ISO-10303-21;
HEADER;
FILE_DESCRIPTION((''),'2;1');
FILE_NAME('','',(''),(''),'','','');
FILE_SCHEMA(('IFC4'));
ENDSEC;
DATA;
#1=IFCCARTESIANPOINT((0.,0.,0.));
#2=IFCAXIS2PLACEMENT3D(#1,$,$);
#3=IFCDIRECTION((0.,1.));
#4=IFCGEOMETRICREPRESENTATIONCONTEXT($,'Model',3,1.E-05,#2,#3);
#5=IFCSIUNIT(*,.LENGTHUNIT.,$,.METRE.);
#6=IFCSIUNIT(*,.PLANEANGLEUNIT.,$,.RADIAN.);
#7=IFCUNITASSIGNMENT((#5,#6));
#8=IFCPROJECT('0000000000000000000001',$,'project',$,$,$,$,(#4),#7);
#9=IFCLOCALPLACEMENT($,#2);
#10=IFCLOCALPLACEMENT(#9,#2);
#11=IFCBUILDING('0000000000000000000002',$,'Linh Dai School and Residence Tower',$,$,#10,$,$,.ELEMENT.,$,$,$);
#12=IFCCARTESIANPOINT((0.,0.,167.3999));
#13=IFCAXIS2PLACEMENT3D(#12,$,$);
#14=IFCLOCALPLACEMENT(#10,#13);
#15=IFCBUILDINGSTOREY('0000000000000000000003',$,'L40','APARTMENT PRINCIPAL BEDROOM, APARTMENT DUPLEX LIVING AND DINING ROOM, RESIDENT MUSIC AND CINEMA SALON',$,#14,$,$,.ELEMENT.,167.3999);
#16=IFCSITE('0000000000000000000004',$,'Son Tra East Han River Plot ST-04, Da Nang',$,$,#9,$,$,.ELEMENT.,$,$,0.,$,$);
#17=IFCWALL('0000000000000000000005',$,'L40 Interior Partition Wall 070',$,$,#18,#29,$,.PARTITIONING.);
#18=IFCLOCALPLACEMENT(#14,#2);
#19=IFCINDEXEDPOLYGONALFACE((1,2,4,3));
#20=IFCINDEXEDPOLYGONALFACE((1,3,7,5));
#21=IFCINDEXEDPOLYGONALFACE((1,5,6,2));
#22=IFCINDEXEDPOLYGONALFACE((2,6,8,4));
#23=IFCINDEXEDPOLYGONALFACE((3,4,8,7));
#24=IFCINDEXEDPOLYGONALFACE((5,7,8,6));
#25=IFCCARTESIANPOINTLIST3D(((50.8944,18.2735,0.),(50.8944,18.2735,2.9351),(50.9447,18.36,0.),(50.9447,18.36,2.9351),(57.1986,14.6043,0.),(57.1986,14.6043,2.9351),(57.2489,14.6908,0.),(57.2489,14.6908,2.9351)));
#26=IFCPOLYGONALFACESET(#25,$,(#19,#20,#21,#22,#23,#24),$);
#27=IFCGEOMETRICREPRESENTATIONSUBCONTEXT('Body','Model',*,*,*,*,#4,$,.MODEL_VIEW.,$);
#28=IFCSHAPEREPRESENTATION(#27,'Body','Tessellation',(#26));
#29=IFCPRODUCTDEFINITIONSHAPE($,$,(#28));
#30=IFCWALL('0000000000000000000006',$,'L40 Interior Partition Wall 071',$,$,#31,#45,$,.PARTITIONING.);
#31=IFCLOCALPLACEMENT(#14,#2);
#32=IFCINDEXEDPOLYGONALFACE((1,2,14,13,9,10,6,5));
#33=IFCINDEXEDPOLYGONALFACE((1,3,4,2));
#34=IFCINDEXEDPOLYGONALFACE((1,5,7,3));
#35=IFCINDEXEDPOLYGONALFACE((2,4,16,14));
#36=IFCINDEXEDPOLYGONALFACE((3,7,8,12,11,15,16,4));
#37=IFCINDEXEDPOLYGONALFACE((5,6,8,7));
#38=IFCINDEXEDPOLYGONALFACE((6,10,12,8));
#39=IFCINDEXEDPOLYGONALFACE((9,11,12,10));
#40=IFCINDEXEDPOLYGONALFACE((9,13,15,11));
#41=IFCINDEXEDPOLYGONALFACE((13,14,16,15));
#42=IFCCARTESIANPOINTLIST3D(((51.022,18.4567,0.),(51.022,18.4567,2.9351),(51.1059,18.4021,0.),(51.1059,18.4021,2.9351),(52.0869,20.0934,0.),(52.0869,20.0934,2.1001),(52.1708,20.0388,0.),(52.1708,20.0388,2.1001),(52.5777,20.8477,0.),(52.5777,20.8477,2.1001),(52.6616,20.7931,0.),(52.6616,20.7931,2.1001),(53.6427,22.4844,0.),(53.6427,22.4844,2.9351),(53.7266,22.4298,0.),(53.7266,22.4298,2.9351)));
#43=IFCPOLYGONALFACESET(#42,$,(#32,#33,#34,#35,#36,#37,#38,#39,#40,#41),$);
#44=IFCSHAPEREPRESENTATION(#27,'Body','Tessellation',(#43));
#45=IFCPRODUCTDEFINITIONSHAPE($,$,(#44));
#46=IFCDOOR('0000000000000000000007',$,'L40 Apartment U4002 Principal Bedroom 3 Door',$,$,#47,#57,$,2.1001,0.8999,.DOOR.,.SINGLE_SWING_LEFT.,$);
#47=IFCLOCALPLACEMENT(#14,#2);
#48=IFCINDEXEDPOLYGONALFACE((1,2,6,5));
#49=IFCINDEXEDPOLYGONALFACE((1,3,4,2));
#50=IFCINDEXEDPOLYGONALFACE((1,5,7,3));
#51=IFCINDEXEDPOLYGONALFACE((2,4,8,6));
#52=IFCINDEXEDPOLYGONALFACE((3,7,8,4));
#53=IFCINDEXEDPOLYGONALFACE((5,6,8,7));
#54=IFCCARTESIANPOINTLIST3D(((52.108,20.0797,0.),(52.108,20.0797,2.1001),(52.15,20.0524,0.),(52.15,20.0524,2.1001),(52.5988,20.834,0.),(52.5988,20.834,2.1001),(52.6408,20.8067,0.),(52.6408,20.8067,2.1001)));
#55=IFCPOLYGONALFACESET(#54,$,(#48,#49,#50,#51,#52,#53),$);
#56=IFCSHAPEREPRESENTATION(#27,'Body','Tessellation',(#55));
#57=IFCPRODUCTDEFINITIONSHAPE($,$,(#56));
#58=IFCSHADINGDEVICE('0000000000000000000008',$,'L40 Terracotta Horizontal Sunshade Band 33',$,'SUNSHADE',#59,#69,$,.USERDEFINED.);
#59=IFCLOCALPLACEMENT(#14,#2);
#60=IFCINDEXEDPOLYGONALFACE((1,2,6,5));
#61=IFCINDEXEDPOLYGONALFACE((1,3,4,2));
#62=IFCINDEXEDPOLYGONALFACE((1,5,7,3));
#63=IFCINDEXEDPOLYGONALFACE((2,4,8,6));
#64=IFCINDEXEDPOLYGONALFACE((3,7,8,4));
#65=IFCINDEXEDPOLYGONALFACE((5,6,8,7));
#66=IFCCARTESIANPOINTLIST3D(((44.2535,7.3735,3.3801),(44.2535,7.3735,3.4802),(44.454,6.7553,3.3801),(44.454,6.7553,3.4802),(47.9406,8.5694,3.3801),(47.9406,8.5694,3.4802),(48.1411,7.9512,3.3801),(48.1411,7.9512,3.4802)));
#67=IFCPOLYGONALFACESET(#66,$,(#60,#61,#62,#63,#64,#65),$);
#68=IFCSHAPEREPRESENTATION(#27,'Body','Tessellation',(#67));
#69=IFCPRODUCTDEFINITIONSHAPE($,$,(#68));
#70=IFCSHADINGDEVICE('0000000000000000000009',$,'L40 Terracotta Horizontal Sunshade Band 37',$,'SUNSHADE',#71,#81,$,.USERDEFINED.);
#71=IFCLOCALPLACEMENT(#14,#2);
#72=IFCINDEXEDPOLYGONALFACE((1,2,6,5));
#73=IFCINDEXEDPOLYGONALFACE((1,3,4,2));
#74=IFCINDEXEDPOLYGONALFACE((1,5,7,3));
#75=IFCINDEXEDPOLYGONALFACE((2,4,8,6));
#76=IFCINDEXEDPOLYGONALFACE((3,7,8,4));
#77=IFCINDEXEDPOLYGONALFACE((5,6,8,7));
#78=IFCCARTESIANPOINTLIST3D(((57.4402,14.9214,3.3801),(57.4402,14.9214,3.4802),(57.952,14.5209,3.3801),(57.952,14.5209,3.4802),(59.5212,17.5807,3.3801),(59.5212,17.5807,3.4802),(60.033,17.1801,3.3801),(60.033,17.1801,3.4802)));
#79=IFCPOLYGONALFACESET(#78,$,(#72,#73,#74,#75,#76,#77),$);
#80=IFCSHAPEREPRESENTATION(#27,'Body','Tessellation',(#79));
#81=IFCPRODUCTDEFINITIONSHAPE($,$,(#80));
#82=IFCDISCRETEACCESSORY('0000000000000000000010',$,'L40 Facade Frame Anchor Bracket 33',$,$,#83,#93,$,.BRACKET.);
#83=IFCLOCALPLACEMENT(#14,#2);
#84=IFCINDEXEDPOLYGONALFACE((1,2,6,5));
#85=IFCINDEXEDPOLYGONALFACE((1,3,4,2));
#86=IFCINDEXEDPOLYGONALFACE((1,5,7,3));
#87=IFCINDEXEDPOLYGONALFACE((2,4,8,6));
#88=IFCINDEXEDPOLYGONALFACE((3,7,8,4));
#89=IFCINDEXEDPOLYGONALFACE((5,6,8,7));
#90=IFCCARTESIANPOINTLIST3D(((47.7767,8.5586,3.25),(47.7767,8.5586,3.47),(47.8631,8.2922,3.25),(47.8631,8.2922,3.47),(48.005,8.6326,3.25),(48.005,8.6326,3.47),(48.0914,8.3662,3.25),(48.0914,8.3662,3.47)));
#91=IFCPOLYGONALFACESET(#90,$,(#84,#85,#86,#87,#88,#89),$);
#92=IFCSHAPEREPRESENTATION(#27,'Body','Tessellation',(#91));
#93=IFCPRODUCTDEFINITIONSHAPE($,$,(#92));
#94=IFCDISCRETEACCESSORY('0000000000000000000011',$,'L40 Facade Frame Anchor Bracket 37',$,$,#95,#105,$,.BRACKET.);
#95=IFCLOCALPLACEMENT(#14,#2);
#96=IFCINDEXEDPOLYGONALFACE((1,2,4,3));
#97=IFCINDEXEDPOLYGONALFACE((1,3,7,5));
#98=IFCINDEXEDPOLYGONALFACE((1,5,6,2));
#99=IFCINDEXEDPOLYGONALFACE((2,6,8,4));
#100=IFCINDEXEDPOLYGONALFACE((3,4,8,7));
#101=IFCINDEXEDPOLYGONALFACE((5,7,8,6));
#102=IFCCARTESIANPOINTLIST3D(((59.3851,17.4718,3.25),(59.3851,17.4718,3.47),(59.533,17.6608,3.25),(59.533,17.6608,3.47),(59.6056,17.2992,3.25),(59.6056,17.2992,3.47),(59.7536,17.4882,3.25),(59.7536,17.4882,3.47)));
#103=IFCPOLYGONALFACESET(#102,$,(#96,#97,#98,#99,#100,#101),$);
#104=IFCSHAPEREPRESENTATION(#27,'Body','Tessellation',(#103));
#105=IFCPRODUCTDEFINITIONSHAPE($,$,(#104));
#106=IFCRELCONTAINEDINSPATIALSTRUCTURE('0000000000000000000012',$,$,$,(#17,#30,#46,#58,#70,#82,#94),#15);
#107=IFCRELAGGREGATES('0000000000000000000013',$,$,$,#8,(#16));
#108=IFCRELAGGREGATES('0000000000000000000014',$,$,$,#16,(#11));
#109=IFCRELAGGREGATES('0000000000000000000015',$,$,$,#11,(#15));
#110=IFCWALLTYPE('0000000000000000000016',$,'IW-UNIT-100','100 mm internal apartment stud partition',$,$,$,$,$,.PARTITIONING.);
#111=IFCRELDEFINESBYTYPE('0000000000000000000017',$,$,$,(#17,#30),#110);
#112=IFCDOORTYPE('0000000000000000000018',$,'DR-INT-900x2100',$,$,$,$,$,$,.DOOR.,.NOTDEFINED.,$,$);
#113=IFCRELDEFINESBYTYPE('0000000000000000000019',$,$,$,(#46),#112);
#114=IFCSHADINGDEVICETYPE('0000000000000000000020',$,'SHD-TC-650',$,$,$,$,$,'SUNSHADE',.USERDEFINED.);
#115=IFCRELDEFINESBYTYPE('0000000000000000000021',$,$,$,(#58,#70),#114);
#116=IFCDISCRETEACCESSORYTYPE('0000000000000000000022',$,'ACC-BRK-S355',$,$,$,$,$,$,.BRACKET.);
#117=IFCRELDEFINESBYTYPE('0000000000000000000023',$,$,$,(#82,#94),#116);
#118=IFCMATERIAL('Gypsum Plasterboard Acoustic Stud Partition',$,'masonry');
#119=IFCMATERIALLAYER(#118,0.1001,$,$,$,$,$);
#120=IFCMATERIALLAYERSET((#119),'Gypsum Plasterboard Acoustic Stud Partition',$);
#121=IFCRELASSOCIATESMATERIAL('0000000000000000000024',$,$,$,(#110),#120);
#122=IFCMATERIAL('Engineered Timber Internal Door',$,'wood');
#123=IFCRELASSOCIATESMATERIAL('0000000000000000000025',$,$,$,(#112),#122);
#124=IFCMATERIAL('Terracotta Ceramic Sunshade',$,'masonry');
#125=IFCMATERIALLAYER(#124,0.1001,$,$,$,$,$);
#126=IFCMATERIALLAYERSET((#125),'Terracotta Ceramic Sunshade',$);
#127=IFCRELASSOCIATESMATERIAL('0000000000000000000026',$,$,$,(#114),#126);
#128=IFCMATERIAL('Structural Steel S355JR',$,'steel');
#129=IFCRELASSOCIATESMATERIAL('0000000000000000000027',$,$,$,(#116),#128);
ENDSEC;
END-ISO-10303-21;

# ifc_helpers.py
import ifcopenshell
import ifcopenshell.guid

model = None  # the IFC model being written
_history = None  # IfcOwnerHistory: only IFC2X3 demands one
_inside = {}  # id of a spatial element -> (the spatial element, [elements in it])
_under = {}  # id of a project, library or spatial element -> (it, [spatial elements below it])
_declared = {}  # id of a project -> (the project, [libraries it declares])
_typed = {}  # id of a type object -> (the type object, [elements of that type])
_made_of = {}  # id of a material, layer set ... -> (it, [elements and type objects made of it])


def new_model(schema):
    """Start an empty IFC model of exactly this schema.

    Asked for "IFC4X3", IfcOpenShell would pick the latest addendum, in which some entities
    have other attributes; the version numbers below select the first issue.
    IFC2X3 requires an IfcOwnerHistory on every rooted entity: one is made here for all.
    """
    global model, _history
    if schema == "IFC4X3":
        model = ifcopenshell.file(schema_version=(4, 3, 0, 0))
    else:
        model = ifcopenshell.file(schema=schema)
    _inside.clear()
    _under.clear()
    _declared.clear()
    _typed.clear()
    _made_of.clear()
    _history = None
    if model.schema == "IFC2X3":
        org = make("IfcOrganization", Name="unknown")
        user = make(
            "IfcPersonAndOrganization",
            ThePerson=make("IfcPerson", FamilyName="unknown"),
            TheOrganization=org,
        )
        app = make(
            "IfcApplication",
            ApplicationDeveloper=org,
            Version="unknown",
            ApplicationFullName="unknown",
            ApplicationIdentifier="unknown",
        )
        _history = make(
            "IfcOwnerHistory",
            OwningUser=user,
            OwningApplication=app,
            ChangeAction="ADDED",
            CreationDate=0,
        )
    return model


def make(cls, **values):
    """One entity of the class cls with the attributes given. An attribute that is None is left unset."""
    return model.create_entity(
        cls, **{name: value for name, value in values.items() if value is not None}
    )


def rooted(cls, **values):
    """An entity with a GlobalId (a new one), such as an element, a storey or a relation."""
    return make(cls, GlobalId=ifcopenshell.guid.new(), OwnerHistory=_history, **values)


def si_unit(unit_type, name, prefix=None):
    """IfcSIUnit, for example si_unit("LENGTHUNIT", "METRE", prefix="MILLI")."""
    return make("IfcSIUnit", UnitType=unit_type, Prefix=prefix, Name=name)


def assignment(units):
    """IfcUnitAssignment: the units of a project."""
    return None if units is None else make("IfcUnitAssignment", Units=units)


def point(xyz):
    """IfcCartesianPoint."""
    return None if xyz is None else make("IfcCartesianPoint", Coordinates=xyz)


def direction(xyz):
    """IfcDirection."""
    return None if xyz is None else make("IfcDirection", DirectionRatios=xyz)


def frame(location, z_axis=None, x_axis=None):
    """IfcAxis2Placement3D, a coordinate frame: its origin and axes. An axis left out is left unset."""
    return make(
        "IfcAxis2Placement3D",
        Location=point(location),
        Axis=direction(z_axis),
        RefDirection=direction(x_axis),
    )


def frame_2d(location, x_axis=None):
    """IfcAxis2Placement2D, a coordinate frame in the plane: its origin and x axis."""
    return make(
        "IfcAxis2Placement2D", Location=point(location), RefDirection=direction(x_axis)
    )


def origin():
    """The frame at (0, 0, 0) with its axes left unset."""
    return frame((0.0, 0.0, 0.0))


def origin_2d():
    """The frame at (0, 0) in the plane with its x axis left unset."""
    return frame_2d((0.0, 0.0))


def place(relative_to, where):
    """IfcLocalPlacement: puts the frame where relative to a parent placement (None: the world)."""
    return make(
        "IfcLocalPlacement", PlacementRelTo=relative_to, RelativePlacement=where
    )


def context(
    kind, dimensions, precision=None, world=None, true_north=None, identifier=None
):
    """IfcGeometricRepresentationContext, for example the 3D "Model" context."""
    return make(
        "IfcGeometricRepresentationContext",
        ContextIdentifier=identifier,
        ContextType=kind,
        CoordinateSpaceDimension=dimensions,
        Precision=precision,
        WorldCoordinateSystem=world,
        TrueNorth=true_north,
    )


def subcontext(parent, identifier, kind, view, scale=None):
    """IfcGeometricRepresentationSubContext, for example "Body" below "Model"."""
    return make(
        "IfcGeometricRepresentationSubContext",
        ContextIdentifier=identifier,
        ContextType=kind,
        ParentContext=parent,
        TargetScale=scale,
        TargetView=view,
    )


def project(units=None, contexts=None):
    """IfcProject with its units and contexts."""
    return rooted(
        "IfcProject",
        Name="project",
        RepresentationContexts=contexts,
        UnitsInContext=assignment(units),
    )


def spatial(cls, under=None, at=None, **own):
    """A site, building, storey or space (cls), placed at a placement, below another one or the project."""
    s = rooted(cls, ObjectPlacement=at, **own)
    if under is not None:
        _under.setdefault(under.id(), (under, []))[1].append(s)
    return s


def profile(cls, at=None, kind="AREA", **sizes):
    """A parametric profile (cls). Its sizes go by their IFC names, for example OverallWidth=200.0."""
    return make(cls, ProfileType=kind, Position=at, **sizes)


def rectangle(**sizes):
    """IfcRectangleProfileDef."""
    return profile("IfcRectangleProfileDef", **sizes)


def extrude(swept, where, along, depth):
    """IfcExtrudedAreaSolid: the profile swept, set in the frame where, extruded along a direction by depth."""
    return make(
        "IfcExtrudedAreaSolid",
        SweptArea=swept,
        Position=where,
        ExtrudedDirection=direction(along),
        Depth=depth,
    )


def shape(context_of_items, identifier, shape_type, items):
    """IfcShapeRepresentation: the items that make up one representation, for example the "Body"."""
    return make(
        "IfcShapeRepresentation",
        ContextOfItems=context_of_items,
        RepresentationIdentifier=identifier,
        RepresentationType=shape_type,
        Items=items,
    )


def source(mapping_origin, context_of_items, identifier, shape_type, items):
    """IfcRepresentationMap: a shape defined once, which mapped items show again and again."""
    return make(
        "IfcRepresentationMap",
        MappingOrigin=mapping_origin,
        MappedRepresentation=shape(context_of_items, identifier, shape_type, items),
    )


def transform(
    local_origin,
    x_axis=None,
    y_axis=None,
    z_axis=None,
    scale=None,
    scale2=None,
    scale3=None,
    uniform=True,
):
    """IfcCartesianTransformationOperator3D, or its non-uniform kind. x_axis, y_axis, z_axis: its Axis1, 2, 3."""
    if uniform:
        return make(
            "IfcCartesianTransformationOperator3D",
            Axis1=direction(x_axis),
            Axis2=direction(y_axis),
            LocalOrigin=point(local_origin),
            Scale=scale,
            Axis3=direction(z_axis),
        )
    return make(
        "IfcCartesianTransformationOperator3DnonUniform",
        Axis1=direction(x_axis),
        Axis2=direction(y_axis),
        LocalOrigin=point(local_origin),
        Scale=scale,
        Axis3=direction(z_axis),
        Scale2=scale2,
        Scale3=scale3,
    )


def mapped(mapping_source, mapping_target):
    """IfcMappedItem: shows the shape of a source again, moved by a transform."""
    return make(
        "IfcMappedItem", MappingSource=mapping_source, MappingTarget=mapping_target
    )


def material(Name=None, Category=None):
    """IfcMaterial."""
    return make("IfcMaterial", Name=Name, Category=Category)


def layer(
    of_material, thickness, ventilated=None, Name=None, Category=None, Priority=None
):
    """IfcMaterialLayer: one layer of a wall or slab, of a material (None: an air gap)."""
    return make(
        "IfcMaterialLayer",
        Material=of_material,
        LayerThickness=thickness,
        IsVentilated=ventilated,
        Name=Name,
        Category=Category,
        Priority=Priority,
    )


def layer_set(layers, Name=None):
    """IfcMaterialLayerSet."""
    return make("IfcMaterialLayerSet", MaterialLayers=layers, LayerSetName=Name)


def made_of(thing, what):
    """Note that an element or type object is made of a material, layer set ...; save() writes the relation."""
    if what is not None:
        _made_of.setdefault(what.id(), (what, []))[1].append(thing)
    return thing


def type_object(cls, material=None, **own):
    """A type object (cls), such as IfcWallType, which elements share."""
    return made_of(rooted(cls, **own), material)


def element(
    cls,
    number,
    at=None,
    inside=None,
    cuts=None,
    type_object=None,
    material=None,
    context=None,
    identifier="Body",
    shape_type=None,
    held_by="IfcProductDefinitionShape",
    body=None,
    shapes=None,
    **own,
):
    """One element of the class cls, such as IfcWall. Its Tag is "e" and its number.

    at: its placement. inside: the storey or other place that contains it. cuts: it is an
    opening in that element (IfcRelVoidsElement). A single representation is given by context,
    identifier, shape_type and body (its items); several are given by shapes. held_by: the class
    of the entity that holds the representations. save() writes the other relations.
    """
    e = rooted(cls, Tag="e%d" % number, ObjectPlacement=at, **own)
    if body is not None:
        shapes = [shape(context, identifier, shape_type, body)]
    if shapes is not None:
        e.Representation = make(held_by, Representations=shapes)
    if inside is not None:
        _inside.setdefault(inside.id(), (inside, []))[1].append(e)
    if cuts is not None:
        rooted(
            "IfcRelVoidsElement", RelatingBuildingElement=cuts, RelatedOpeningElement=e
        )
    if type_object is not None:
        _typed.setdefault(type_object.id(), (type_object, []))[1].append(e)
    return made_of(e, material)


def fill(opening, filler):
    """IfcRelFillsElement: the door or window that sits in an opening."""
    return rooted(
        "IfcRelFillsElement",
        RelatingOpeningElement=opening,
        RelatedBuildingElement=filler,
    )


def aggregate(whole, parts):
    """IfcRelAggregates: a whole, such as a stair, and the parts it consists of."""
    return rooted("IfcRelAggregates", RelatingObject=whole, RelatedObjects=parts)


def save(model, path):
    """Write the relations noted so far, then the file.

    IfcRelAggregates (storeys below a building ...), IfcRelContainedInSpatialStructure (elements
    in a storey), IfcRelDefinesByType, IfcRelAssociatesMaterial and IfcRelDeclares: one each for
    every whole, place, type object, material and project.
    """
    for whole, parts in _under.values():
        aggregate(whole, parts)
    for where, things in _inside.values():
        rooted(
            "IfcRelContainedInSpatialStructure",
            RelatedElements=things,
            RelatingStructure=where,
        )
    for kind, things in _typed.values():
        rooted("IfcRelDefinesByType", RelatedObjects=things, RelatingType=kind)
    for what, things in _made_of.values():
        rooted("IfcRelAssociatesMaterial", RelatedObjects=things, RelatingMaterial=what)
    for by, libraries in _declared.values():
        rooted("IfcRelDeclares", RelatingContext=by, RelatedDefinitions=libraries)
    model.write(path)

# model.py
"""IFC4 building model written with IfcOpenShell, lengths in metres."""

from ifc_helpers import new_model, si_unit, direction, frame, frame_2d, origin, origin_2d, place, context, subcontext, project, spatial, rectangle, extrude, source, transform, mapped, material, layer, layer_set, type_object, element, fill, save


model = new_model("IFC4")

# Units and contexts
model_context = context("Model", 3, precision=1e-05, world=origin(), true_north=direction((0.0, 1.0)))
body_context = subcontext(model_context, "Body", "Model", "MODEL_VIEW")
ifc_project = project(units=[si_unit("LENGTHUNIT", "METRE"), si_unit("PLANEANGLEUNIT", "RADIAN")], contexts=[model_context])

# Site, building, storey
site_placement = place(None, origin())
site = spatial("IfcSite", under=ifc_project, at=site_placement, Name="Son Tra East Han River Plot ST-04, Da Nang", CompositionType="ELEMENT", RefElevation=0.0)
building_placement = place(site_placement, origin())
building = spatial("IfcBuilding", under=site, at=building_placement, Name="Linh Dai School and Residence Tower", CompositionType="ELEMENT")
storey_placement = place(building_placement, frame((0.0, 0.0, 167.3999)))
storey = spatial("IfcBuildingStorey", under=building, at=storey_placement, Name="L40", Description="APARTMENT PRINCIPAL BEDROOM, APARTMENT DUPLEX LIVING AND DINING ROOM, RESIDENT MUSIC AND CINEMA SALON", CompositionType="ELEMENT", Elevation=167.3999)

# Shared definitions
ifc_material_1 = material(Name="Structural Steel S355JR", Category="steel")

# Shared definitions
ifc_material_2 = material(Name="Gypsum Plasterboard Acoustic Stud Partition", Category="masonry")
ifc_layer_1 = layer(ifc_material_2, 0.1001)
ifc_layer_set_1 = layer_set([ifc_layer_1], Name="Gypsum Plasterboard Acoustic Stud Partition")
wall_type_1 = type_object("IfcWallType", Name="IW-UNIT-100", Description="100 mm internal apartment stud partition", PredefinedType="PARTITIONING", material=ifc_layer_set_1)
ifc_material_3 = material(Name="Engineered Timber Internal Door", Category="wood")
door_type = type_object("IfcDoorType", Name="DR-INT-900x2100", OperationType="NOTDEFINED", PredefinedType="DOOR", material=ifc_material_3)
shared_shape_1 = source(origin(), body_context, "Body", "SweptSolid", [
    extrude(rectangle(XDim=0.8999, YDim=2.1001, at=origin_2d()), frame((0.45, 0.0249, 1.05), z_axis=(0.0, -1.0, 0.0), x_axis=(1.0, 0.0, 0.0)), (0.0, 0.0, 1.0), 0.05),
])

# Wall
wall_1_placement = place(storey_placement, frame((50.9197, 18.3167, 0.0), z_axis=(0.0, 0.0, 1.0), x_axis=(0.864271, -0.503026, 0.0)))
element("IfcWall", 1, at=wall_1_placement, inside=storey, type_object=wall_type_1, Name="L40 Interior Partition Wall 070", PredefinedType="PARTITIONING", context=body_context, shape_type="SweptSolid", body=[
    extrude(rectangle(XDim=7.2942, YDim=0.1001, at=frame_2d((3.647, 0.0))), origin(), (0.0, 0.0, 1.0), 2.9351),
])

# Wall, opening, door
wall_2_placement = place(storey_placement, frame((51.064, 18.4294, 0.0), z_axis=(0.0, 0.0, 1.0), x_axis=(0.545379, 0.838189, 0.0)))
wall_2 = element("IfcWall", 2, at=wall_2_placement, inside=storey, type_object=wall_type_1, Name="L40 Interior Partition Wall 071", PredefinedType="PARTITIONING", context=body_context, shape_type="SweptSolid", body=[
    extrude(rectangle(XDim=4.8052, YDim=0.1001, at=frame_2d((2.4026, 0.0))), origin(), (0.0, 0.0, 1.0), 2.9351),
])
opening_1_placement = place(wall_2_placement, frame((1.9526, 0.0, 0.0)))
opening_1 = element("IfcOpeningElement", 3, at=opening_1_placement, cuts=wall_2, PredefinedType="OPENING", context=body_context, shape_type="SweptSolid", body=[
    extrude(rectangle(XDim=0.8999, YDim=2.1001, at=origin_2d()), frame((0.45, 0.0601, 1.05), z_axis=(0.0, -1.0, 0.0), x_axis=(1.0, 0.0, 0.0)), (0.0, 0.0, 1.0), 0.1201),
])
door_1_placement = place(opening_1_placement, origin())
door_1 = element("IfcDoor", 4, at=door_1_placement, inside=storey, type_object=door_type, Name="L40 Apartment U4002 Principal Bedroom 3 Door", OperationType="SINGLE_SWING_LEFT", OverallHeight=2.1001, OverallWidth=0.8999, PredefinedType="DOOR", context=body_context, shape_type="MappedRepresentation", body=[
    mapped(shared_shape_1, transform((0.0, 0.0, 0.0), x_axis=(1.0, 0.0, 0.0), y_axis=(0.0, 1.0, 0.0), z_axis=(0.0, 0.0, 1.0), scale=1.0)),
])
fill(opening_1, door_1)

# Shading devices
ifc_material_4 = material(Name="Terracotta Ceramic Sunshade", Category="masonry")
ifc_layer_2 = layer(ifc_material_4, 0.1001)
ifc_layer_set_2 = layer_set([ifc_layer_2], Name="Terracotta Ceramic Sunshade")
shading_device_type = type_object("IfcShadingDeviceType", Name="SHD-TC-650", ElementType="SUNSHADE", PredefinedType="USERDEFINED", material=ifc_layer_set_2)
shared_shape_2 = source(origin(), body_context, "Body", "SweptSolid", [
    extrude(rectangle(XDim=3.8762, YDim=0.6499, at=origin_2d()), origin(), (0.0, 0.0, 1.0), 0.1001),
])
shading_device_1_placement = place(storey_placement, frame((46.1973, 7.6624, 3.3801), z_axis=(0.0, 0.0, 1.0), x_axis=(-0.951213, -0.308536, 0.0)))
element("IfcShadingDevice", 5, at=shading_device_1_placement, inside=storey, type_object=shading_device_type, Name="L40 Terracotta Horizontal Sunshade Band 33", ObjectType="SUNSHADE", PredefinedType="USERDEFINED", context=body_context, shape_type="MappedRepresentation", body=[
    mapped(shared_shape_2, transform((0.0, 0.0, 0.0), x_axis=(1.0, 0.0, 0.0), y_axis=(0.0, 1.0, 0.0), z_axis=(0.0, 0.0, 1.0), scale=1.0)),
])
shared_shape_3 = source(origin(), body_context, "Body", "SweptSolid", [
    extrude(rectangle(XDim=3.3767, YDim=0.6499, at=origin_2d()), origin(), (0.0, 0.0, 1.0), 0.1001),
])
shading_device_2_placement = place(storey_placement, frame((58.7366, 16.0508, 3.3801), z_axis=(0.0, 0.0, 1.0), x_axis=(-0.616286, -0.787522, 0.0)))
element("IfcShadingDevice", 6, at=shading_device_2_placement, inside=storey, type_object=shading_device_type, Name="L40 Terracotta Horizontal Sunshade Band 37", ObjectType="SUNSHADE", PredefinedType="USERDEFINED", context=body_context, shape_type="MappedRepresentation", body=[
    mapped(shared_shape_3, transform((0.0, 0.0, 0.0), x_axis=(1.0, 0.0, 0.0), y_axis=(0.0, 1.0, 0.0), z_axis=(0.0, 0.0, 1.0), scale=1.0)),
])

# Discrete accessories
discrete_accessory_type = type_object("IfcDiscreteAccessoryType", Name="ACC-BRK-S355", PredefinedType="BRACKET", material=ifc_material_1)
shared_shape_4 = source(origin(), body_context, "Body", "SweptSolid", [
    extrude(rectangle(XDim=0.28, YDim=0.24, at=origin_2d()), origin(), (0.0, 0.0, 1.0), 0.22),
])
for number, where, z_axis, x_axis, name in (
    (7, (47.9341, 8.4624, 3.25), (0.0, 0.0, 1.0), (0.308536, -0.951213, 0.0), "L40 Facade Frame Anchor Bracket 33"),
    (8, (59.5693, 17.48, 3.25), (0.0, 0.0, 1.0), (0.787522, -0.616286, 0.0), "L40 Facade Frame Anchor Bracket 37"),
):
    element("IfcDiscreteAccessory", number, at=place(storey_placement, frame(where, z_axis=z_axis, x_axis=x_axis)), inside=storey, type_object=discrete_accessory_type, Name=name, PredefinedType="BRACKET", context=body_context, shape_type="MappedRepresentation", body=[
        mapped(shared_shape_4, transform((0.0, 0.0, 0.0), x_axis=(1.0, 0.0, 0.0), y_axis=(0.0, 1.0, 0.0), z_axis=(0.0, 0.0, 1.0), scale=1.0)),
    ])

save(model, "model.ifc")
